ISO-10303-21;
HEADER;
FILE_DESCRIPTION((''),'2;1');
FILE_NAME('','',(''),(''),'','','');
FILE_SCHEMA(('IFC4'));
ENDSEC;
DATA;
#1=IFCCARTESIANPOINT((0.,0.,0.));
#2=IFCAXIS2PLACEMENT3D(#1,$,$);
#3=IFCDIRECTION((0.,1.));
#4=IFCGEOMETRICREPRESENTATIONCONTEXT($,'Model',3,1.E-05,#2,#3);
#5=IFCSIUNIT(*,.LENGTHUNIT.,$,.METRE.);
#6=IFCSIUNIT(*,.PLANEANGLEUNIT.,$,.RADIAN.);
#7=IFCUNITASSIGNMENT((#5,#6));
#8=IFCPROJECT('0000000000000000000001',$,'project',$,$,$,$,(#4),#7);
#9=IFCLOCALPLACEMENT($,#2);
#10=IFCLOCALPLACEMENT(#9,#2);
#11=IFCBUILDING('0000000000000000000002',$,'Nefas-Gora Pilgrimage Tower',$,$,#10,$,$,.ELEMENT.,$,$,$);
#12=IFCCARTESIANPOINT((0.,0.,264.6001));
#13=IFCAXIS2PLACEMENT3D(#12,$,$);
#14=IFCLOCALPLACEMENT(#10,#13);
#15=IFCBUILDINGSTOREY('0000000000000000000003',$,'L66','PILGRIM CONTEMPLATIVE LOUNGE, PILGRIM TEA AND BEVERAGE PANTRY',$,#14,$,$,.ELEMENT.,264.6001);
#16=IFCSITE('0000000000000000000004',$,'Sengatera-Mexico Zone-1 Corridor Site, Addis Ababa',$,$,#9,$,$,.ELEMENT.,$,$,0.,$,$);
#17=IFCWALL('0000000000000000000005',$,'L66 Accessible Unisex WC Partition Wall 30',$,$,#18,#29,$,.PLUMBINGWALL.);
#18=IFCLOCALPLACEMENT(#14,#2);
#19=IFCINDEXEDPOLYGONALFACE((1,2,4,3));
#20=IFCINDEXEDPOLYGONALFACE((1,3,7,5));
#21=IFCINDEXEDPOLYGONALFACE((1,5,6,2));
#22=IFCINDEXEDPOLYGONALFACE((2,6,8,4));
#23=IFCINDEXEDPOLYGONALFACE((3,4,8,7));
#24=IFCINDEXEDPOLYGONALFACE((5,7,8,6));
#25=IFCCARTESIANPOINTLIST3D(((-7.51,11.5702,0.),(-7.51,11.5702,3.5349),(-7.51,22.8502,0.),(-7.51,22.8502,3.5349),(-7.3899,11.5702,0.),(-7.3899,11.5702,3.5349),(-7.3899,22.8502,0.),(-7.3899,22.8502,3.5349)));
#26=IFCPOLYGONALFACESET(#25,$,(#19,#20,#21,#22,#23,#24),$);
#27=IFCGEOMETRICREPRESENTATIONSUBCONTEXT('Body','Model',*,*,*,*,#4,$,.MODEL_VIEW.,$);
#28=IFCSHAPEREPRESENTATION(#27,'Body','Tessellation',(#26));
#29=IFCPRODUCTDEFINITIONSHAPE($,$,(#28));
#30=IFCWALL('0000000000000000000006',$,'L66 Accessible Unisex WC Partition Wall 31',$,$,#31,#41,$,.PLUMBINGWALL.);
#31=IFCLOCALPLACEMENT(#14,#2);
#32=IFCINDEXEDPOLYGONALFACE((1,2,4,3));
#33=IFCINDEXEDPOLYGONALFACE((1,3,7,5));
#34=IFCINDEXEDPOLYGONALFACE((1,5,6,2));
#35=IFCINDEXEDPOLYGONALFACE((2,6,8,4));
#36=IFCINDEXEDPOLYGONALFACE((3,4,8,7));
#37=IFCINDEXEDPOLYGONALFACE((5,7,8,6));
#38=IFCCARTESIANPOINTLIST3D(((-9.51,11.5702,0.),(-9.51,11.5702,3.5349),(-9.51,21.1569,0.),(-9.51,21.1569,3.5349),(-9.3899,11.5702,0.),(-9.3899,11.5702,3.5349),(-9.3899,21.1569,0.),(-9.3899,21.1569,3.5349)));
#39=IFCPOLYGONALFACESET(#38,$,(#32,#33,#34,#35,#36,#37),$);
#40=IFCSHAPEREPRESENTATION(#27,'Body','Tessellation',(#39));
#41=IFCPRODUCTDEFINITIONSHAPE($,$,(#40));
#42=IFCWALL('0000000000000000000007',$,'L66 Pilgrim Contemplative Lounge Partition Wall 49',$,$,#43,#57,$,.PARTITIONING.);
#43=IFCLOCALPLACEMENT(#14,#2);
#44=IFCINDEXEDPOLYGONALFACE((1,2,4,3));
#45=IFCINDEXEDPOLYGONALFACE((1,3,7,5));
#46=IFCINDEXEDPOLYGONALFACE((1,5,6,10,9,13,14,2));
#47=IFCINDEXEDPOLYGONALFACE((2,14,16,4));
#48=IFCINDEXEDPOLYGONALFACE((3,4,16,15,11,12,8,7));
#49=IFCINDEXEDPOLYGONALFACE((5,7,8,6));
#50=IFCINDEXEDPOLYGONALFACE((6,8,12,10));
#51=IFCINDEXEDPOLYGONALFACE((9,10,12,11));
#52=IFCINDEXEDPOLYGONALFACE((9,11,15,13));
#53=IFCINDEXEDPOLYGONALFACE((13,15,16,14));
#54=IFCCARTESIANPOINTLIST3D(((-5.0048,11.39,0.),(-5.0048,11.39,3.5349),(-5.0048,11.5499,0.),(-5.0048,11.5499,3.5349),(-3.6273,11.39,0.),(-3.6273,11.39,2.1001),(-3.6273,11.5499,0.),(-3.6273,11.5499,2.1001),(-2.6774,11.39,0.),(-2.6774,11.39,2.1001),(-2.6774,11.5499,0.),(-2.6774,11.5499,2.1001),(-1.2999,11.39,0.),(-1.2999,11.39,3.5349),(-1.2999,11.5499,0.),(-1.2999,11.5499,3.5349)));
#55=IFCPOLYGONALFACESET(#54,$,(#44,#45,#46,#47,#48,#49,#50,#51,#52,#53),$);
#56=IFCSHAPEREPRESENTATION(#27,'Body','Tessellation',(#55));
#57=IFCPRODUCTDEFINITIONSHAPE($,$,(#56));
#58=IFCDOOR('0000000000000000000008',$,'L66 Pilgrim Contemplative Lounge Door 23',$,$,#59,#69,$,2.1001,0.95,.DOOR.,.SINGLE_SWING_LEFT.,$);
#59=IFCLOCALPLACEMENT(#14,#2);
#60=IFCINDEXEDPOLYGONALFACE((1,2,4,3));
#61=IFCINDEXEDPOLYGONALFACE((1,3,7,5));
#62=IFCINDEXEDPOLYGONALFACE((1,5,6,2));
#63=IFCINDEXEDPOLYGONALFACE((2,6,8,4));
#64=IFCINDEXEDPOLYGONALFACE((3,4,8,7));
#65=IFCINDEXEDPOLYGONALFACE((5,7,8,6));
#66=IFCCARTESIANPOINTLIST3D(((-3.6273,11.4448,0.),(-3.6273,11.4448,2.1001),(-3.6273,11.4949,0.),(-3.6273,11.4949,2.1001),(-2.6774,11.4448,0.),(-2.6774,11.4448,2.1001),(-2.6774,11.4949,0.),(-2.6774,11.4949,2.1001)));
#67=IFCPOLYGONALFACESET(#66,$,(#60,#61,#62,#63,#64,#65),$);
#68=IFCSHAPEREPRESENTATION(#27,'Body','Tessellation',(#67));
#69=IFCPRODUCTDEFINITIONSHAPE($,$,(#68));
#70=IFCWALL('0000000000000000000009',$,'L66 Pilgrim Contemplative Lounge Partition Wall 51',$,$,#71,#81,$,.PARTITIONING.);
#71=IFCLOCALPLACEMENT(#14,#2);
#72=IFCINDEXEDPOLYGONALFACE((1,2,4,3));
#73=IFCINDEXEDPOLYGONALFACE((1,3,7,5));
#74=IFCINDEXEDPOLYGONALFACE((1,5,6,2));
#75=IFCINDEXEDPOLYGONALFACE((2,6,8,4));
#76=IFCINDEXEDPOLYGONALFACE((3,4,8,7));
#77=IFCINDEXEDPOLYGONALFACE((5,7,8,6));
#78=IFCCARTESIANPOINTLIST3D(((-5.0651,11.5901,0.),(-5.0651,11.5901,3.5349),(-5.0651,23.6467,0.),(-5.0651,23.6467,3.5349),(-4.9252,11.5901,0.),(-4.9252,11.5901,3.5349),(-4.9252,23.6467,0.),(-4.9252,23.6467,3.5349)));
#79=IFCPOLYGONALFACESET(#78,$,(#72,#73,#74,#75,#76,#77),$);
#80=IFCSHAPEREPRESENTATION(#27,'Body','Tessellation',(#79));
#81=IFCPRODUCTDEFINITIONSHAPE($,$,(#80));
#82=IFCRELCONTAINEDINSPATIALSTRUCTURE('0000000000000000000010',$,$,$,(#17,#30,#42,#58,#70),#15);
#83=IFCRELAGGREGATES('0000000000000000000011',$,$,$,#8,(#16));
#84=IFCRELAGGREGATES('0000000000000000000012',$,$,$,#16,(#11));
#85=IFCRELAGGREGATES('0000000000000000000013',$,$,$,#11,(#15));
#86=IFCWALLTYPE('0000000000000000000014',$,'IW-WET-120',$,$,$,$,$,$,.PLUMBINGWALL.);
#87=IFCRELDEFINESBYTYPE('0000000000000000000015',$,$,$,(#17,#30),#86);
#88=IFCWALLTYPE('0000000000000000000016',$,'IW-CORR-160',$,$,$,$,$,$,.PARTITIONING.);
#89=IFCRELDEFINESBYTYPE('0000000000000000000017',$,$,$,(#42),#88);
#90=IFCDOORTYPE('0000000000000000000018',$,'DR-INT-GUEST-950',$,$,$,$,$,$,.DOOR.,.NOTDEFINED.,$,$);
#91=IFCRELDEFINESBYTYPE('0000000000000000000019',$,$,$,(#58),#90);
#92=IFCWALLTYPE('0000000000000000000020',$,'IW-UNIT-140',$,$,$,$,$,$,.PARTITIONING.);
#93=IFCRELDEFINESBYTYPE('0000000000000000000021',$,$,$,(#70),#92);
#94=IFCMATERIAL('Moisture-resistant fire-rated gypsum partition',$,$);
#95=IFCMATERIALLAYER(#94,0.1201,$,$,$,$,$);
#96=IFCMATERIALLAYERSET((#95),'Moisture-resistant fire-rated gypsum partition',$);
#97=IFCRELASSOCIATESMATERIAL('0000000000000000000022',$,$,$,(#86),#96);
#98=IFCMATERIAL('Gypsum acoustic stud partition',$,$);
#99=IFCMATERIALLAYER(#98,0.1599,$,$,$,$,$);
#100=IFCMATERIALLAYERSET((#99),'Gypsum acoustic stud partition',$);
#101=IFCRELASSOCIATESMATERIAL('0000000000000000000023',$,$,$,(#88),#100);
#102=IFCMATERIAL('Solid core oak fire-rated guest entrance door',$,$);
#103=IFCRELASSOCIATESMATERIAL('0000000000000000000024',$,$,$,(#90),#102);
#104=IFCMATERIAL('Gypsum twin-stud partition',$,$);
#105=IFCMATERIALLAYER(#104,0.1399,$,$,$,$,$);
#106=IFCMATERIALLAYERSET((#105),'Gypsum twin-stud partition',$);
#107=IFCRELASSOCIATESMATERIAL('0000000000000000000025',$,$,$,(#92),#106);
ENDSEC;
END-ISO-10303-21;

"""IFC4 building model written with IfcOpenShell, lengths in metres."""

from ifc_helpers import new_model, si_unit, direction, frame, frame_2d, origin, place, context, subcontext, project, spatial, rectangle, extrude, source, transform, mapped, material, layer, layer_set, type_object, element, fill, save


model = new_model("IFC4")

# Units and contexts
model_context = context("Model", 3, precision=1e-05, world=origin(), true_north=direction((0.0, 1.0)))
body_context = subcontext(model_context, "Body", "Model", "MODEL_VIEW")
ifc_project = project(units=[si_unit("LENGTHUNIT", "METRE"), si_unit("PLANEANGLEUNIT", "RADIAN")], contexts=[model_context])

# Site, building, storey
site_placement = place(None, origin())
site = spatial("IfcSite", under=ifc_project, at=site_placement, Name="Sengatera-Mexico Zone-1 Corridor Site, Addis Ababa", CompositionType="ELEMENT", RefElevation=0.0)
building_placement = place(site_placement, origin())
building = spatial("IfcBuilding", under=site, at=building_placement, Name="Nefas-Gora Pilgrimage Tower", CompositionType="ELEMENT")
storey_placement = place(building_placement, frame((0.0, 0.0, 264.6001)))
storey = spatial("IfcBuildingStorey", under=building, at=storey_placement, Name="L66", Description="PILGRIM CONTEMPLATIVE LOUNGE, PILGRIM TEA AND BEVERAGE PANTRY", CompositionType="ELEMENT", Elevation=264.6001)

# Shared definitions
ifc_material_1 = material(Name="Moisture-resistant fire-rated gypsum partition")
ifc_layer_1 = layer(ifc_material_1, 0.1201)
ifc_layer_set_1 = layer_set([ifc_layer_1], Name="Moisture-resistant fire-rated gypsum partition")
wall_type_1 = type_object("IfcWallType", Name="IW-WET-120", PredefinedType="PLUMBINGWALL", material=ifc_layer_set_1)

# Walls
shared_shape_1 = source(origin(), body_context, "Body", "SweptSolid", [
    extrude(rectangle(XDim=11.28, YDim=0.1201, at=frame_2d((5.6401, 0.0))), origin(), (0.0, 0.0, 1.0), 3.5349),
])
wall_1_placement = place(storey_placement, frame((-7.45, 11.5701, 0.0), z_axis=(0.0, 0.0, 1.0), x_axis=(0.0, 1.0, 0.0)))
element("IfcWall", 1, at=wall_1_placement, inside=storey, type_object=wall_type_1, Name="L66 Accessible Unisex WC Partition Wall 30", PredefinedType="PLUMBINGWALL", context=body_context, shape_type="MappedRepresentation", body=[
    mapped(shared_shape_1, transform((0.0, 0.0, 0.0), x_axis=(1.0, 0.0, 0.0), y_axis=(0.0, 1.0, 0.0), z_axis=(0.0, 0.0, 1.0), scale=1.0)),
])
shared_shape_2 = source(origin(), body_context, "Body", "SweptSolid", [
    extrude(rectangle(XDim=9.5867, YDim=0.1201, at=frame_2d((4.7935, 0.0))), origin(), (0.0, 0.0, 1.0), 3.5349),
])
wall_2_placement = place(storey_placement, frame((-9.45, 11.5701, 0.0), z_axis=(0.0, 0.0, 1.0), x_axis=(0.0, 1.0, 0.0)))
element("IfcWall", 2, at=wall_2_placement, inside=storey, type_object=wall_type_1, Name="L66 Accessible Unisex WC Partition Wall 31", PredefinedType="PLUMBINGWALL", context=body_context, shape_type="MappedRepresentation", body=[
    mapped(shared_shape_2, transform((0.0, 0.0, 0.0), x_axis=(1.0, 0.0, 0.0), y_axis=(0.0, 1.0, 0.0), z_axis=(0.0, 0.0, 1.0), scale=1.0)),
])

# Wall, opening, door
ifc_material_2 = material(Name="Gypsum acoustic stud partition")
ifc_layer_2 = layer(ifc_material_2, 0.1599)
ifc_layer_set_2 = layer_set([ifc_layer_2], Name="Gypsum acoustic stud partition")
wall_type_2 = type_object("IfcWallType", Name="IW-CORR-160", PredefinedType="PARTITIONING", material=ifc_layer_set_2)
shared_shape_3 = source(origin(), body_context, "Body", "SweptSolid", [
    extrude(rectangle(XDim=3.7048, YDim=0.1599, at=frame_2d((1.8525, 0.0))), origin(), (0.0, 0.0, 1.0), 3.5349),
])
wall_3_placement = place(storey_placement, frame((-5.0049, 11.47, 0.0), z_axis=(0.0, 0.0, 1.0), x_axis=(1.0, 0.0, 0.0)))
wall_3 = element("IfcWall", 3, at=wall_3_placement, inside=storey, type_object=wall_type_2, Name="L66 Pilgrim Contemplative Lounge Partition Wall 49", PredefinedType="PARTITIONING", context=body_context, shape_type="MappedRepresentation", body=[
    mapped(shared_shape_3, transform((0.0, 0.0, 0.0), x_axis=(1.0, 0.0, 0.0), y_axis=(0.0, 1.0, 0.0), z_axis=(0.0, 0.0, 1.0), scale=1.0)),
])
opening_1_placement = place(wall_3_placement, frame((1.3774, 0.0, 0.0)))
opening_1 = element("IfcOpeningElement", 4, at=opening_1_placement, cuts=wall_3, PredefinedType="OPENING", context=body_context, shape_type="SweptSolid", body=[
    extrude(rectangle(XDim=0.95, YDim=2.1001, at=frame_2d((0.4751, 1.05))), frame((0.0, 0.0898, 0.0), z_axis=(0.0, -1.0, 0.0), x_axis=(1.0, 0.0, 0.0)), (0.0, 0.0, 1.0), 0.1799),
])
ifc_material_3 = material(Name="Solid core oak fire-rated guest entrance door")
door_type_1 = type_object("IfcDoorType", Name="DR-INT-GUEST-950", OperationType="NOTDEFINED", PredefinedType="DOOR", material=ifc_material_3)
shared_shape_4 = source(origin(), body_context, "Body", "SweptSolid", [
    extrude(rectangle(XDim=0.95, YDim=2.1001, at=frame_2d((0.4751, 1.05))), frame((0.0, 0.0249, 0.0), z_axis=(0.0, -1.0, 0.0), x_axis=(1.0, 0.0, 0.0)), (0.0, 0.0, 1.0), 0.05),
])
door_1_placement = place(opening_1_placement, origin())
door_1 = element("IfcDoor", 5, at=door_1_placement, inside=storey, type_object=door_type_1, Name="L66 Pilgrim Contemplative Lounge Door 23", OperationType="SINGLE_SWING_LEFT", OverallHeight=2.1001, OverallWidth=0.95, PredefinedType="DOOR", context=body_context, shape_type="MappedRepresentation", body=[
    mapped(shared_shape_4, transform((0.0, 0.0, 0.0), x_axis=(1.0, 0.0, 0.0), y_axis=(0.0, 1.0, 0.0), z_axis=(0.0, 0.0, 1.0), scale=1.0)),
])
fill(opening_1, door_1)

# Wall
ifc_material_4 = material(Name="Gypsum twin-stud partition")
ifc_layer_3 = layer(ifc_material_4, 0.1399)
ifc_layer_set_3 = layer_set([ifc_layer_3], Name="Gypsum twin-stud partition")
wall_type_3 = type_object("IfcWallType", Name="IW-UNIT-140", PredefinedType="PARTITIONING", material=ifc_layer_set_3)
shared_shape_5 = source(origin(), body_context, "Body", "SweptSolid", [
    extrude(rectangle(XDim=12.0566, YDim=0.1399, at=frame_2d((6.0283, 0.0))), origin(), (0.0, 0.0, 1.0), 3.5349),
])
wall_4_placement = place(storey_placement, frame((-4.9951, 11.5901, 0.0), z_axis=(0.0, 0.0, 1.0), x_axis=(0.0, 1.0, 0.0)))
element("IfcWall", 6, at=wall_4_placement, inside=storey, type_object=wall_type_3, Name="L66 Pilgrim Contemplative Lounge Partition Wall 51", PredefinedType="PARTITIONING", context=body_context, shape_type="MappedRepresentation", body=[
    mapped(shared_shape_5, transform((0.0, 0.0, 0.0), x_axis=(1.0, 0.0, 0.0), y_axis=(0.0, 1.0, 0.0), z_axis=(0.0, 0.0, 1.0), scale=1.0)),
])

save(model, "model.ifc")
